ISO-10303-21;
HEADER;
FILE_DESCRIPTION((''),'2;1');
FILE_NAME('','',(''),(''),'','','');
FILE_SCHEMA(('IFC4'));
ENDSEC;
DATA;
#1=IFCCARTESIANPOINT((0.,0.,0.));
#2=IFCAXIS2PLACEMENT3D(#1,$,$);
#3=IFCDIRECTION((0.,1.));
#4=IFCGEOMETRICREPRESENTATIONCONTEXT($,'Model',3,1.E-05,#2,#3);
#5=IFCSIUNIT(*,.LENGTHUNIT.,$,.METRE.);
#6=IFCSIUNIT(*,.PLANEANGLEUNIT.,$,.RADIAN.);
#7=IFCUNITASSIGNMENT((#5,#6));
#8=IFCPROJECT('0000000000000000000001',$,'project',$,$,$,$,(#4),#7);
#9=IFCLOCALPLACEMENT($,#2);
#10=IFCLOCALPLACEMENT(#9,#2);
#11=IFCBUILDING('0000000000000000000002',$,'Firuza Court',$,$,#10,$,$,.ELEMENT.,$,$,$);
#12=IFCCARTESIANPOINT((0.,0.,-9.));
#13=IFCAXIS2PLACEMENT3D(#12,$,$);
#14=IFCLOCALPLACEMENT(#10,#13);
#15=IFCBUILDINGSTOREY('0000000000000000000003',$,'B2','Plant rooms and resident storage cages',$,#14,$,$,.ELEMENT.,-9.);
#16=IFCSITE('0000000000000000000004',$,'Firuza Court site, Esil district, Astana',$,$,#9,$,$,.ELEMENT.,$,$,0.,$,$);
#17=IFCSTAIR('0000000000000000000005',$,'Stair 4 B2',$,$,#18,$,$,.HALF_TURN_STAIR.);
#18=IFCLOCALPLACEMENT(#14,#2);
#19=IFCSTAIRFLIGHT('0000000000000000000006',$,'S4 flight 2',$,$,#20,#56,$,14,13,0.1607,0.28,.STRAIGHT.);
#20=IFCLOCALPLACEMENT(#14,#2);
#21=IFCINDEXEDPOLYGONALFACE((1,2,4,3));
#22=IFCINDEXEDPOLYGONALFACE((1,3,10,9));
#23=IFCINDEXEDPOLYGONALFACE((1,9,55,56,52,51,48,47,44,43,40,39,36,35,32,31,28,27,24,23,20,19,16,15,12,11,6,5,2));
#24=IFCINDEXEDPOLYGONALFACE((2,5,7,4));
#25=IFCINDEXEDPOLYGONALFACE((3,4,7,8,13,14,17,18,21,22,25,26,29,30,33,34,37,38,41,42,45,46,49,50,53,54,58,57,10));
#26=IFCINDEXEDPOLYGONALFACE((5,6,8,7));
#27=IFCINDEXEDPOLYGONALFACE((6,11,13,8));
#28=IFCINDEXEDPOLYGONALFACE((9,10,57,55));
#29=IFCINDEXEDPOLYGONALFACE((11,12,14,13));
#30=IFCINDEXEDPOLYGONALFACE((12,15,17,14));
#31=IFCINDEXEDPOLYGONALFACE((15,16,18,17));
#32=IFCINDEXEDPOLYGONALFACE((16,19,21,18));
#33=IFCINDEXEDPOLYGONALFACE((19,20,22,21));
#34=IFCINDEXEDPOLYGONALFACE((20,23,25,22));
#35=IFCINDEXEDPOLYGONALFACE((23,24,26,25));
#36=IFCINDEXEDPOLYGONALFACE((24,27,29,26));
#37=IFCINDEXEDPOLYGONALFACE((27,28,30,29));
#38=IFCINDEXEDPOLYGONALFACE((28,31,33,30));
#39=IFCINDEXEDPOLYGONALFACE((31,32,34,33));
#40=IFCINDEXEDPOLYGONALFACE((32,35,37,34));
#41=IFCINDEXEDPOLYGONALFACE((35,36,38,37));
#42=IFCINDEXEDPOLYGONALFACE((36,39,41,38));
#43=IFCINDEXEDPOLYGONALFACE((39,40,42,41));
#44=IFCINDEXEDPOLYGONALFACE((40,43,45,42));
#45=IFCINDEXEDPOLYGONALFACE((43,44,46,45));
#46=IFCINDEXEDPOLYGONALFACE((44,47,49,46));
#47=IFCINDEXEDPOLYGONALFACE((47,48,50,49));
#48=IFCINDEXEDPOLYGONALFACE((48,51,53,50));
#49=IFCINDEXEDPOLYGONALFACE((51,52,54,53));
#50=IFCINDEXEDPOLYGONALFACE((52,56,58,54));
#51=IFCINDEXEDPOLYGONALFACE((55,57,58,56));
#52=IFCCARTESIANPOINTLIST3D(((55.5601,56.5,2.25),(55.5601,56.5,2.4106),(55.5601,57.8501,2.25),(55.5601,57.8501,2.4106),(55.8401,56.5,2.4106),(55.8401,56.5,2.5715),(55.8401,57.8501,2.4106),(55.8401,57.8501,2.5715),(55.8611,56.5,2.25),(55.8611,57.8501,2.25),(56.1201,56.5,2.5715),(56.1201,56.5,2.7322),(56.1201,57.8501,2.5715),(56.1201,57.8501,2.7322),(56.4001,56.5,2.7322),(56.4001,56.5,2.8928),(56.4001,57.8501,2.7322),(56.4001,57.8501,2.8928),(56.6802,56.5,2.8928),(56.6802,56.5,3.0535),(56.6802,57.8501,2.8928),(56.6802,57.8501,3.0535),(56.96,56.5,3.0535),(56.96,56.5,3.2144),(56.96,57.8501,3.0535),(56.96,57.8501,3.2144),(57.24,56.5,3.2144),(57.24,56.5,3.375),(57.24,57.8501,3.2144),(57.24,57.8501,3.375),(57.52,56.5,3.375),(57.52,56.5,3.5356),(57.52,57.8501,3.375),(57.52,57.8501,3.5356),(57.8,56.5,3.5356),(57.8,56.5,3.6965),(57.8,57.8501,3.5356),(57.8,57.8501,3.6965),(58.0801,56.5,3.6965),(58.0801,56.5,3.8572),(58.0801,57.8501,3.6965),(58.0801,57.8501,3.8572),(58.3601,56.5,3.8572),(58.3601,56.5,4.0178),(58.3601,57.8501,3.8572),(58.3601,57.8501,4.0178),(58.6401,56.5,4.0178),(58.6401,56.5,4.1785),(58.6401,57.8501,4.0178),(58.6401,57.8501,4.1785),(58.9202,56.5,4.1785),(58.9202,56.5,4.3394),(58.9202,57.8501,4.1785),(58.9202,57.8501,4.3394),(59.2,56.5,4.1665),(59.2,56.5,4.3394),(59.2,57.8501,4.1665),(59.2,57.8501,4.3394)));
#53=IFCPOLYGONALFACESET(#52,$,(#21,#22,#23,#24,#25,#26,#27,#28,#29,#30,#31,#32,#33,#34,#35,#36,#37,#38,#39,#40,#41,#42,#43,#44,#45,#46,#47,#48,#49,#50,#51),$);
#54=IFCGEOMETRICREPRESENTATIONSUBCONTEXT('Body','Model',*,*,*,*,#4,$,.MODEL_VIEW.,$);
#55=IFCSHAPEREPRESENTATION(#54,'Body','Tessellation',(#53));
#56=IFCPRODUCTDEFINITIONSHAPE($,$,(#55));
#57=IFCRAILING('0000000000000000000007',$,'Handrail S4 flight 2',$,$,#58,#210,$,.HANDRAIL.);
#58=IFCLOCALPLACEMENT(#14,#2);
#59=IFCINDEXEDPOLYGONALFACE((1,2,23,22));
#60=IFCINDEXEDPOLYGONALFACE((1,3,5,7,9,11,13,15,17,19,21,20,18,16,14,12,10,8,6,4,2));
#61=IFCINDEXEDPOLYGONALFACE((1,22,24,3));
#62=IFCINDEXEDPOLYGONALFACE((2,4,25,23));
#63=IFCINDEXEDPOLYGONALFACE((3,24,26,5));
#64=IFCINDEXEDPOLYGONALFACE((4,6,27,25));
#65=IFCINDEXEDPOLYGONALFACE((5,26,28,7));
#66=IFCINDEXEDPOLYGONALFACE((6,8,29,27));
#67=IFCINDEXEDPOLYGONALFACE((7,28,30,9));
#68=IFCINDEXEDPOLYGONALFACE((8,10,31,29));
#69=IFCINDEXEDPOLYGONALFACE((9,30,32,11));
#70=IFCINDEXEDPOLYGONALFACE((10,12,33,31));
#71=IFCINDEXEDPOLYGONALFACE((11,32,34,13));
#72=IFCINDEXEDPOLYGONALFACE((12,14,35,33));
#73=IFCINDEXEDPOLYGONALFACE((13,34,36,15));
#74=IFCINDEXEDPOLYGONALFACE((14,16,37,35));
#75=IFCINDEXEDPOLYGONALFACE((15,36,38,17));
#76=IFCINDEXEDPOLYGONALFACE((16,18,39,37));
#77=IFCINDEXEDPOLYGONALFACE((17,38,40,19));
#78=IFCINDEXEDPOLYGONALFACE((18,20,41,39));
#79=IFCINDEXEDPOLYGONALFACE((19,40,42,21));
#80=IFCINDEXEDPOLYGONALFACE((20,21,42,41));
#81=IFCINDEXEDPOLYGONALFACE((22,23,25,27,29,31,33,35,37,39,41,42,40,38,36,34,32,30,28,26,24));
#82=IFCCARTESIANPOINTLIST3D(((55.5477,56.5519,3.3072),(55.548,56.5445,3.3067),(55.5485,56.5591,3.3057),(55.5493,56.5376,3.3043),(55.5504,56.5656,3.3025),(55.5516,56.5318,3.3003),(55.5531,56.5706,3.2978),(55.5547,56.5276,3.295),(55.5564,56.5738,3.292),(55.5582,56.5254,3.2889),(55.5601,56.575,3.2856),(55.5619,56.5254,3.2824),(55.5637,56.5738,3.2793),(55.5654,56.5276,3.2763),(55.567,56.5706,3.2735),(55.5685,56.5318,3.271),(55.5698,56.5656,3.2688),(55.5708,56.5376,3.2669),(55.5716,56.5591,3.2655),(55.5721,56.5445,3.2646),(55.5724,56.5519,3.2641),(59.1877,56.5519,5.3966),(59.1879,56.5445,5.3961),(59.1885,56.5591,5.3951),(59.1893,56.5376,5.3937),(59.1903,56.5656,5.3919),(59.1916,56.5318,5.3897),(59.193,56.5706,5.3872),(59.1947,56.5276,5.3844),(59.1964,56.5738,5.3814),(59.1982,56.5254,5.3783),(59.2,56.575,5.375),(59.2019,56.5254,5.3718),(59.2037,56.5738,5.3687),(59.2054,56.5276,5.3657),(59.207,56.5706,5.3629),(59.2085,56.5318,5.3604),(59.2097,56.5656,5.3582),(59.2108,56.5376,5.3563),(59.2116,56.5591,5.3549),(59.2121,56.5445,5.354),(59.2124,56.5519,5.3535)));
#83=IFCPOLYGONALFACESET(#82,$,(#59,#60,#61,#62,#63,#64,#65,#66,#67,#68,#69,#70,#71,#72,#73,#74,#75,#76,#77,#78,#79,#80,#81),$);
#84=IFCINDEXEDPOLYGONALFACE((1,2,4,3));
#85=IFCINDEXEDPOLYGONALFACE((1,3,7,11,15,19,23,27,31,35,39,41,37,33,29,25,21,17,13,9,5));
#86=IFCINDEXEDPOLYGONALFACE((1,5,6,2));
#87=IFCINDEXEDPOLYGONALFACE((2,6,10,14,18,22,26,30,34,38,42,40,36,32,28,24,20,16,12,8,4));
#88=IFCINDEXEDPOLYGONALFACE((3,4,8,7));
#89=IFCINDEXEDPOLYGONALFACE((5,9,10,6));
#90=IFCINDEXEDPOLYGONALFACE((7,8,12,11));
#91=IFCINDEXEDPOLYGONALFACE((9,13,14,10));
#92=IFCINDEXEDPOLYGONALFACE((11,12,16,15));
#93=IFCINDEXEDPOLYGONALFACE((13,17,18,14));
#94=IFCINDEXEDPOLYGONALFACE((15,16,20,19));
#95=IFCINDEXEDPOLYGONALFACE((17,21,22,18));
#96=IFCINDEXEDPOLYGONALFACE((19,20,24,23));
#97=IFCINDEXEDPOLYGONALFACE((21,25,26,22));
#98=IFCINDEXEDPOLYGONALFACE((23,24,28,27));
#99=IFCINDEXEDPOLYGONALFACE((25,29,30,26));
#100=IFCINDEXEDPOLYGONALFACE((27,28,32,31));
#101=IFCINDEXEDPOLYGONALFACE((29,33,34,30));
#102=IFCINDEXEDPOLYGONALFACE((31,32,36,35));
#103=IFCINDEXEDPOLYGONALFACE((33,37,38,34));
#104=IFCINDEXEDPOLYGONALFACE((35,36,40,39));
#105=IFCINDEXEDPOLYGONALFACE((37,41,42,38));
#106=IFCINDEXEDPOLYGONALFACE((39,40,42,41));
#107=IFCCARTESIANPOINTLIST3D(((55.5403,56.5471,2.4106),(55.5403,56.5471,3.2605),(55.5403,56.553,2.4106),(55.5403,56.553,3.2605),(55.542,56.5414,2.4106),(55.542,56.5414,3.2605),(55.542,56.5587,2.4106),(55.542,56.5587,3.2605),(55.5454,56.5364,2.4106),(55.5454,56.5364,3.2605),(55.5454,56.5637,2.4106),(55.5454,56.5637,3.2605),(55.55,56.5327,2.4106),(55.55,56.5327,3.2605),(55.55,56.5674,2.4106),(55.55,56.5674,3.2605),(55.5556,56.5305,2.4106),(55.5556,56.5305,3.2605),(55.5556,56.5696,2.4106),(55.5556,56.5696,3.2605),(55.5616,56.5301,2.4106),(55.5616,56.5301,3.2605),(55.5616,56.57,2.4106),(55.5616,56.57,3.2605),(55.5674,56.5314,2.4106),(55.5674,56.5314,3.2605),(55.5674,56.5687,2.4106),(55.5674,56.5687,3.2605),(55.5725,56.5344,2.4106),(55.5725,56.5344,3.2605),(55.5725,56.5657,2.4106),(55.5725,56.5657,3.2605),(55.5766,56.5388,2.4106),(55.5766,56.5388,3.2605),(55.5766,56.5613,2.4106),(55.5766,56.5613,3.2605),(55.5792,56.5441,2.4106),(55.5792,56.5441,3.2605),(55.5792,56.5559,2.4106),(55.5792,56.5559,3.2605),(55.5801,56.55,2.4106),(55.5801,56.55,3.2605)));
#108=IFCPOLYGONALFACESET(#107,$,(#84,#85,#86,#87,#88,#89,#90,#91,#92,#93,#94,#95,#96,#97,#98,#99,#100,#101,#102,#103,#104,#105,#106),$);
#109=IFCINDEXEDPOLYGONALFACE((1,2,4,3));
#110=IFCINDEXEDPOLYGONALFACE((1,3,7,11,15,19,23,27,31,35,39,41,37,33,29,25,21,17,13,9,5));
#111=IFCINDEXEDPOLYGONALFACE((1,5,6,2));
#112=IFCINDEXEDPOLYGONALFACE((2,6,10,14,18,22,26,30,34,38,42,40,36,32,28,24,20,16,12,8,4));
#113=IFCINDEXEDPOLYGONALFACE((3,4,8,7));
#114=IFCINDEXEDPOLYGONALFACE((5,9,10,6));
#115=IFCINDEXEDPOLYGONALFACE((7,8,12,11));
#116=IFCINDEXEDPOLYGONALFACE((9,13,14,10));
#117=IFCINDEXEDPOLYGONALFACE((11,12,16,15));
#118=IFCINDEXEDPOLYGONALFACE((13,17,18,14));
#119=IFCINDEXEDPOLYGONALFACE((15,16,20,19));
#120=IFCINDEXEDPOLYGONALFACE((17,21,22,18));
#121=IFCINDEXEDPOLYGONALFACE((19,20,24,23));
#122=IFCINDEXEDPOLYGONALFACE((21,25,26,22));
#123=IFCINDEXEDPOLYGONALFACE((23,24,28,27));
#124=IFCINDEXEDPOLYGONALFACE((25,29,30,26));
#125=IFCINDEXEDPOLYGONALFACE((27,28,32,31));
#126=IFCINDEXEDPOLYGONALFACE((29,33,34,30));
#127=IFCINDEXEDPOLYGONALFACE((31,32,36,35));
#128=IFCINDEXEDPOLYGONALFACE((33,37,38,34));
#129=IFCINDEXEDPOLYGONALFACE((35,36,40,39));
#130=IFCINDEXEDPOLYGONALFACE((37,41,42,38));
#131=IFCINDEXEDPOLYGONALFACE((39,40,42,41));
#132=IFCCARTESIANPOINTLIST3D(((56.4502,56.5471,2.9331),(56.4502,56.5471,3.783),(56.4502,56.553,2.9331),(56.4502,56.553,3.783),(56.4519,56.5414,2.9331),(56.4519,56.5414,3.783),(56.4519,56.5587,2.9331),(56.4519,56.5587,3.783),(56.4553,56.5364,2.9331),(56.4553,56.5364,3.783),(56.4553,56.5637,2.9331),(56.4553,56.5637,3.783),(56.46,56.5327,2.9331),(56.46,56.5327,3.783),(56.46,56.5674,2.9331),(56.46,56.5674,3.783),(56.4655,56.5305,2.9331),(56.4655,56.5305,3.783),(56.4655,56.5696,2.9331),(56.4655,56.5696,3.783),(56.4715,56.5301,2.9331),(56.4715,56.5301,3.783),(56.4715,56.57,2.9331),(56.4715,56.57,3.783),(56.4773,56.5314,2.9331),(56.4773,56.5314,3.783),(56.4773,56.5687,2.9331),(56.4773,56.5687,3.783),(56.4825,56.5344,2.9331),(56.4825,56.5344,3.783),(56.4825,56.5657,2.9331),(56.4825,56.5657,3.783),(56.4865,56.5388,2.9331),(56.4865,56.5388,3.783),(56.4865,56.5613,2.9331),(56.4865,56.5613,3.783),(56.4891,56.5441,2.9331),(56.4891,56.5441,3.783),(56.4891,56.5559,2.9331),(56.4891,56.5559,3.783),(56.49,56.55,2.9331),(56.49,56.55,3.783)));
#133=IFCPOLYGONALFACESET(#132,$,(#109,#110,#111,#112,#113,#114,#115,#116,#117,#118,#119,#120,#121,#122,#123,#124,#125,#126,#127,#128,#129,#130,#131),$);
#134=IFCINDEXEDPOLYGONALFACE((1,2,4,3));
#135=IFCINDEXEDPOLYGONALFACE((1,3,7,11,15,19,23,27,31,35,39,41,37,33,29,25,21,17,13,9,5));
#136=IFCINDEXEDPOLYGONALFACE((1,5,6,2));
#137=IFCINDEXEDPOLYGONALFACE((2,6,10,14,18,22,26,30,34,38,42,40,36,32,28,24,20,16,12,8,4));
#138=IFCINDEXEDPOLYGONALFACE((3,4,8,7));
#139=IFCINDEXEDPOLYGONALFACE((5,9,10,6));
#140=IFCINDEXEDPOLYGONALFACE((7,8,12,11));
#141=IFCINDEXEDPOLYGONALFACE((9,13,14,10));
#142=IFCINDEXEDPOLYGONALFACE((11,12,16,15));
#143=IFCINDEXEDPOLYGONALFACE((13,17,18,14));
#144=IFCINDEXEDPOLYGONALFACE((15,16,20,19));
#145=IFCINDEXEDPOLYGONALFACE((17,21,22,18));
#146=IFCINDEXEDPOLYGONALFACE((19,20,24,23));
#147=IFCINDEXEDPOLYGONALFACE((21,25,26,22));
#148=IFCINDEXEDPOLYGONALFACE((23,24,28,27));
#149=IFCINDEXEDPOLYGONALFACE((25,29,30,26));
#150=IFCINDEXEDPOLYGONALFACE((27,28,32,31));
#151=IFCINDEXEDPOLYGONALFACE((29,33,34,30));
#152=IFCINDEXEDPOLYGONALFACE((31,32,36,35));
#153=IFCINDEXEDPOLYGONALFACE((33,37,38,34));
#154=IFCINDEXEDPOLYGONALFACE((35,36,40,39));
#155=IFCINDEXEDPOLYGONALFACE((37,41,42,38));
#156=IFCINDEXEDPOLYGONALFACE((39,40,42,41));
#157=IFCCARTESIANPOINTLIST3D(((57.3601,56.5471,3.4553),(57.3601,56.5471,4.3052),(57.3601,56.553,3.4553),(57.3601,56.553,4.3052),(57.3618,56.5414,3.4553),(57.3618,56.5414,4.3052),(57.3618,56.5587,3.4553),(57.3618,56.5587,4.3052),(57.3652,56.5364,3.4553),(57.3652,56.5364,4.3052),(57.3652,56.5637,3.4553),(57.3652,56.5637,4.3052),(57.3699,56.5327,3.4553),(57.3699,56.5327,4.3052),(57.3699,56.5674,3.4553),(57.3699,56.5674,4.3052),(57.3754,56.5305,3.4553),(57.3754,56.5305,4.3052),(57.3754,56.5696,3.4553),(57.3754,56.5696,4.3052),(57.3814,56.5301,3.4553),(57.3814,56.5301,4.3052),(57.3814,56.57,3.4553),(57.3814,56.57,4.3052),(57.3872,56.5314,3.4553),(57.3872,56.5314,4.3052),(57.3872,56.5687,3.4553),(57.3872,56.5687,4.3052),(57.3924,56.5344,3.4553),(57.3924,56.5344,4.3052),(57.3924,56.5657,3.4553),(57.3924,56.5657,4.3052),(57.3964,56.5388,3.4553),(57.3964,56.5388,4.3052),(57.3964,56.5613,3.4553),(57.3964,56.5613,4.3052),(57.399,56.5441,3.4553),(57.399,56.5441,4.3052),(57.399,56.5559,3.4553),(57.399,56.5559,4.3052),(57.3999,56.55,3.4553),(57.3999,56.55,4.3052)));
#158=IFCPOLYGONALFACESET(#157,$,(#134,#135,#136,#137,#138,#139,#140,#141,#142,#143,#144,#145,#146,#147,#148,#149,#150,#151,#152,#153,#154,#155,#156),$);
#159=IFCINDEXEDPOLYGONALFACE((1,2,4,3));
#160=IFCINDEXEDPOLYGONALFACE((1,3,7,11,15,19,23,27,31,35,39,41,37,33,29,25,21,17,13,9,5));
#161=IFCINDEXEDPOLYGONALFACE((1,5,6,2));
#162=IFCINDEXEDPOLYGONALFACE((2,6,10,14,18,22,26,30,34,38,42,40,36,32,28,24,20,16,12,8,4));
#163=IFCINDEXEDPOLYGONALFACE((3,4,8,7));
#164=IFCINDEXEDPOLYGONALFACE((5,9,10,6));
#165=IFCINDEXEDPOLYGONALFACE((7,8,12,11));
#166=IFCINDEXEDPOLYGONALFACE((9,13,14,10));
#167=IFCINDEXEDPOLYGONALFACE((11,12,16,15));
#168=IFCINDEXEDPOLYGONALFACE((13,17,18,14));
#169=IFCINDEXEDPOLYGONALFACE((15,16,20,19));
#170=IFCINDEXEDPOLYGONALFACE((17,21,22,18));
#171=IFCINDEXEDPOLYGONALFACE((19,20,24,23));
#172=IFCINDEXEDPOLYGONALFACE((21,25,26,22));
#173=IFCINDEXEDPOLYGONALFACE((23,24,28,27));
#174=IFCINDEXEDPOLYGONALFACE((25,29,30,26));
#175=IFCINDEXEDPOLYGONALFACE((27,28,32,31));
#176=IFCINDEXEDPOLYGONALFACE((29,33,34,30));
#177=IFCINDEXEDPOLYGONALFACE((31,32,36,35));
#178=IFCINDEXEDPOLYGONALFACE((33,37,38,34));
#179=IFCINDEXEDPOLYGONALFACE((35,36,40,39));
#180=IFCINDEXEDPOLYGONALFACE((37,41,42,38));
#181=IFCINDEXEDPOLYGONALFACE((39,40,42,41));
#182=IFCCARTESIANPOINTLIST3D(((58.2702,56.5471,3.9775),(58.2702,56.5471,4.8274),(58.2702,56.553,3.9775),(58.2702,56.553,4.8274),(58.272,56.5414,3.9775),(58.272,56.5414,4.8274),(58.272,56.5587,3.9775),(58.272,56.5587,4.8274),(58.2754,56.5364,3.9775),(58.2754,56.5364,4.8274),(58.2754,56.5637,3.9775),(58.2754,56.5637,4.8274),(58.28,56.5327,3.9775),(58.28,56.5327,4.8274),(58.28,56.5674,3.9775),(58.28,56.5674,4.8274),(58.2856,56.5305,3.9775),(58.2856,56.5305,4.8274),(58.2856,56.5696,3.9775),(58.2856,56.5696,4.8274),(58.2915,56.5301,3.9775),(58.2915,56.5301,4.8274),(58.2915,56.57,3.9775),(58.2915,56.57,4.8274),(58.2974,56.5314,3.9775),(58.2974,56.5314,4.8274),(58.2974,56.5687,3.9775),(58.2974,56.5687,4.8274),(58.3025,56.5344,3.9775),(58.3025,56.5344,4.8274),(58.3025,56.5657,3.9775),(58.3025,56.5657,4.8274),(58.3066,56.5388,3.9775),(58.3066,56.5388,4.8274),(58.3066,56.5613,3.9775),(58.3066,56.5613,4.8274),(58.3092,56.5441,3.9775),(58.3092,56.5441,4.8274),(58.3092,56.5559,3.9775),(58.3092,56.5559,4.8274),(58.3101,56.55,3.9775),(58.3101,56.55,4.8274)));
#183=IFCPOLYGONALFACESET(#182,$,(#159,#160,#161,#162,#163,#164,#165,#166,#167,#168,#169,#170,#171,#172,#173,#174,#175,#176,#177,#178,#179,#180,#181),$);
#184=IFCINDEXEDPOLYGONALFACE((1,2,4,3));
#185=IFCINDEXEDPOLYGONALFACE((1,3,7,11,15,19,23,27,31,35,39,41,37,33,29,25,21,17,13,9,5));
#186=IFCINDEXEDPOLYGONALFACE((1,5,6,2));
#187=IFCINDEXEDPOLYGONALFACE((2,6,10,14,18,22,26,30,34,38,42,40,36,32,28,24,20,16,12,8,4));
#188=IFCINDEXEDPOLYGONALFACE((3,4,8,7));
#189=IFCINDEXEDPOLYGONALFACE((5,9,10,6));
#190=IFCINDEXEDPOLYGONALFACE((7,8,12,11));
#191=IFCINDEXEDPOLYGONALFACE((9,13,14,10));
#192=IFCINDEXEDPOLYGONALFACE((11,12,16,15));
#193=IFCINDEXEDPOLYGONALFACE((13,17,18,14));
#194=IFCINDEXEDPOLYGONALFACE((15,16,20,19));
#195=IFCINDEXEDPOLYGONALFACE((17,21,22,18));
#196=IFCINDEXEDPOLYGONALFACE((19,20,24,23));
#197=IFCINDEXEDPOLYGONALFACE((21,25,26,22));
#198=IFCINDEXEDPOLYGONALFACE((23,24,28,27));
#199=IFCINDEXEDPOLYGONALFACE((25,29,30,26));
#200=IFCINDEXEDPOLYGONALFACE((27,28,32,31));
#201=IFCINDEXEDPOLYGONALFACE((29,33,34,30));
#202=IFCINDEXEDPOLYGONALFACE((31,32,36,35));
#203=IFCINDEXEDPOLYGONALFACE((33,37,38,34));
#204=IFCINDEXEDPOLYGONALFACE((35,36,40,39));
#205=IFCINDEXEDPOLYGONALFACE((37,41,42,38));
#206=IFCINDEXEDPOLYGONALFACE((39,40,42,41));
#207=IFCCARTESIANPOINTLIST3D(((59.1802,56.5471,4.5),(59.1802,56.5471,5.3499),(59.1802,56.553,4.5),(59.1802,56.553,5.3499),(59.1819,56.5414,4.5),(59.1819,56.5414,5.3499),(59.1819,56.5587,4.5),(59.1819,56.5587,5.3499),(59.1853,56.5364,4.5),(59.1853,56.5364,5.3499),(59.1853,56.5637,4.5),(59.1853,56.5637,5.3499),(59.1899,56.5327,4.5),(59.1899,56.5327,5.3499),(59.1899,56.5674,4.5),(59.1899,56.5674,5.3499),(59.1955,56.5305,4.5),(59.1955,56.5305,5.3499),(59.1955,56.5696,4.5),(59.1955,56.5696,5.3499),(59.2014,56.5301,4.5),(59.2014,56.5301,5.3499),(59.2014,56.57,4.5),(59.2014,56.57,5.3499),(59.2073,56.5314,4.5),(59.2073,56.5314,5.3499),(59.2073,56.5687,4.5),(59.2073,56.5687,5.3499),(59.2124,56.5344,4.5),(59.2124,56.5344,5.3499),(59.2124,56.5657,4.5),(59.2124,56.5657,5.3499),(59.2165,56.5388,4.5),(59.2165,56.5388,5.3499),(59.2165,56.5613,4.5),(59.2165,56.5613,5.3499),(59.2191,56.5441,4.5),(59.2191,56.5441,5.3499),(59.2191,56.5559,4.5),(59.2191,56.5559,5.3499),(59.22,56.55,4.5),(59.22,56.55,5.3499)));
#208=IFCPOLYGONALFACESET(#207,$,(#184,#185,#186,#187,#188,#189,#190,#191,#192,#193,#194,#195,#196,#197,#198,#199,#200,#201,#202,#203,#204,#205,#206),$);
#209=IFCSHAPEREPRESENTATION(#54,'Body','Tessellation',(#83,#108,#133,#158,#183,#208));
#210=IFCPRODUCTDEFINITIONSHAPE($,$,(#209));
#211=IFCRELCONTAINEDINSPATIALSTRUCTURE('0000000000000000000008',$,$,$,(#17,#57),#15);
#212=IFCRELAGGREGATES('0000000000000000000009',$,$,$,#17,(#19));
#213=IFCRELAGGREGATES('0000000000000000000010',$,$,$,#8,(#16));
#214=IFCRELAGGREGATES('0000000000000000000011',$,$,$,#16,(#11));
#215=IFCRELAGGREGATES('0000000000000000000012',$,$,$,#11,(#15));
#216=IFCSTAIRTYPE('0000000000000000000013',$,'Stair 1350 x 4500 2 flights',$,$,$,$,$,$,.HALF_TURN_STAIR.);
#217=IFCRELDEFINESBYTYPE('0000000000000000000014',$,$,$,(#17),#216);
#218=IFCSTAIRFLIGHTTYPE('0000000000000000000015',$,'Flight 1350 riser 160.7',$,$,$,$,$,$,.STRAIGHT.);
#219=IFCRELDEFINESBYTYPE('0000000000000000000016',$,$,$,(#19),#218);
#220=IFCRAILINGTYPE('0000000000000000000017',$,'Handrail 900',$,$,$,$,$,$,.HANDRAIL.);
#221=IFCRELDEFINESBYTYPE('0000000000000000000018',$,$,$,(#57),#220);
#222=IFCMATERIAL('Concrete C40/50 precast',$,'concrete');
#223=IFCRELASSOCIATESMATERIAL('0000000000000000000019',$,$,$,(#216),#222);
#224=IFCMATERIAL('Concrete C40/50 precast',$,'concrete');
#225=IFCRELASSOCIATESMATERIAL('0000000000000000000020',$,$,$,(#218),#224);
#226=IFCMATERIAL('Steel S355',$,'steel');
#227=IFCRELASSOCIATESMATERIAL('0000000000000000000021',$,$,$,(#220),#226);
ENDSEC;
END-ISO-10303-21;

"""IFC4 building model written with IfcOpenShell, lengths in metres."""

from ifc_helpers import new_model, si_unit, direction, frame, origin, origin_2d, place, context, subcontext, project, spatial, polyline, circle, outline, extrude, material, type_object, element, aggregate, save


model = new_model("IFC4")

# Units and contexts
model_context = context("Model", 3, precision=1e-05, world=origin(), true_north=direction((0.0, 1.0)))
body_context = subcontext(model_context, "Body", "Model", "MODEL_VIEW")
ifc_project = project(units=[si_unit("LENGTHUNIT", "METRE"), si_unit("PLANEANGLEUNIT", "RADIAN")], contexts=[model_context])

# Site, building, storey
site_placement = place(None, origin())
site = spatial("IfcSite", under=ifc_project, at=site_placement, Name="Firuza Court site, Esil district, Astana", CompositionType="ELEMENT", RefElevation=0.0)
building_placement = place(site_placement, origin())
building = spatial("IfcBuilding", under=site, at=building_placement, Name="Firuza Court", CompositionType="ELEMENT")
storey_placement = place(building_placement, frame((0.0, 0.0, -9.0)))
storey = spatial("IfcBuildingStorey", under=building, at=storey_placement, Name="B2", Description="Plant rooms and resident storage cages", CompositionType="ELEMENT", Elevation=-9.0)

# Stair, stair flight
ifc_material_1 = material(Name="Concrete C40/50 precast", Category="concrete")
stair_type = type_object("IfcStairType", Name="Stair 1350 x 4500 2 flights", PredefinedType="HALF_TURN_STAIR", material=ifc_material_1)
stair_placement = place(storey_placement, origin())
stair = element("IfcStair", 1, at=stair_placement, inside=storey, type_object=stair_type, Name="Stair 4 B2", PredefinedType="HALF_TURN_STAIR")
ifc_material_2 = material(Name="Concrete C40/50 precast", Category="concrete")
stair_flight_type = type_object("IfcStairFlightType", Name="Flight 1350 riser 160.7", PredefinedType="STRAIGHT", material=ifc_material_2)
stair_flight_placement = place(storey_placement, frame((55.5601, 57.175, 2.25), z_axis=(0.0, 0.0, 1.0), x_axis=(1.0, 0.0, 0.0)))
stair_flight = element("IfcStairFlight", 2, at=stair_flight_placement, type_object=stair_flight_type, Name="S4 flight 2", NumberOfRisers=14, NumberOfTreads=13, PredefinedType="STRAIGHT", RiserHeight=0.1607, TreadLength=0.28, context=body_context, shape_type="SweptSolid", body=[
    extrude(outline(polyline([(0.0, 0.0), (0.0, 0.1606), (0.28, 0.1606), (0.28, 0.3215), (0.5601, 0.3215), (0.5601, 0.4822), (0.8401, 0.4822), (0.8401, 0.6428), (1.1201, 0.6428), (1.1201, 0.8035), (1.3999, 0.8035), (1.3999, 0.9644), (1.6799, 0.9644), (1.6799, 1.125), (1.96, 1.125), (1.96, 1.2856), (2.24, 1.2856), (2.24, 1.4465), (2.52, 1.4465), (2.52, 1.6072), (2.8, 1.6072), (2.8, 1.7678), (3.0801, 1.7678), (3.0801, 1.9285), (3.3601, 1.9285), (3.3601, 2.0894), (3.6399, 2.0894), (3.6399, 2.25), (3.6399, 1.9165), (0.301, 0.0), (0.0, 0.0)])), frame((0.0, 0.675, 0.0), z_axis=(0.0, -1.0, 0.0), x_axis=(1.0, 0.0, 0.0)), (0.0, 0.0, 1.0), 1.3501),
])
aggregate(stair, [stair_flight])

# Railing
ifc_material_3 = material(Name="Steel S355", Category="steel")
railing_type = type_object("IfcRailingType", Name="Handrail 900", PredefinedType="HANDRAIL", material=ifc_material_3)
railing_placement = place(storey_placement, frame((55.5601, 56.55, 2.4106)))
element("IfcRailing", 3, at=railing_placement, inside=storey, type_object=railing_type, Name="Handrail S4 flight 2", PredefinedType="HANDRAIL", context=body_context, shape_type="SweptSolid", body=[
    extrude(circle(Radius=0.0249, at=origin_2d()), frame((0.0, 0.0, 0.875), z_axis=(0.867275, 0.0, 0.497829), x_axis=(0.0, 1.0, 0.0)), (0.0, 0.0, 1.0), 4.197),
    extrude(circle(Radius=0.02, at=origin_2d()), origin(), (0.0, 0.0, 1.0), 0.8499),
    extrude(circle(Radius=0.02, at=origin_2d()), frame((0.9099, 0.0, 0.5225)), (0.0, 0.0, 1.0), 0.8499),
    extrude(circle(Radius=0.02, at=origin_2d()), frame((1.8198, 0.0, 1.0447)), (0.0, 0.0, 1.0), 0.8499),
    extrude(circle(Radius=0.02, at=origin_2d()), frame((2.73, 0.0, 1.5669)), (0.0, 0.0, 1.0), 0.8499),
    extrude(circle(Radius=0.02, at=origin_2d()), frame((3.6399, 0.0, 2.0894)), (0.0, 0.0, 1.0), 0.8499),
])

save(model, "model.ifc")
